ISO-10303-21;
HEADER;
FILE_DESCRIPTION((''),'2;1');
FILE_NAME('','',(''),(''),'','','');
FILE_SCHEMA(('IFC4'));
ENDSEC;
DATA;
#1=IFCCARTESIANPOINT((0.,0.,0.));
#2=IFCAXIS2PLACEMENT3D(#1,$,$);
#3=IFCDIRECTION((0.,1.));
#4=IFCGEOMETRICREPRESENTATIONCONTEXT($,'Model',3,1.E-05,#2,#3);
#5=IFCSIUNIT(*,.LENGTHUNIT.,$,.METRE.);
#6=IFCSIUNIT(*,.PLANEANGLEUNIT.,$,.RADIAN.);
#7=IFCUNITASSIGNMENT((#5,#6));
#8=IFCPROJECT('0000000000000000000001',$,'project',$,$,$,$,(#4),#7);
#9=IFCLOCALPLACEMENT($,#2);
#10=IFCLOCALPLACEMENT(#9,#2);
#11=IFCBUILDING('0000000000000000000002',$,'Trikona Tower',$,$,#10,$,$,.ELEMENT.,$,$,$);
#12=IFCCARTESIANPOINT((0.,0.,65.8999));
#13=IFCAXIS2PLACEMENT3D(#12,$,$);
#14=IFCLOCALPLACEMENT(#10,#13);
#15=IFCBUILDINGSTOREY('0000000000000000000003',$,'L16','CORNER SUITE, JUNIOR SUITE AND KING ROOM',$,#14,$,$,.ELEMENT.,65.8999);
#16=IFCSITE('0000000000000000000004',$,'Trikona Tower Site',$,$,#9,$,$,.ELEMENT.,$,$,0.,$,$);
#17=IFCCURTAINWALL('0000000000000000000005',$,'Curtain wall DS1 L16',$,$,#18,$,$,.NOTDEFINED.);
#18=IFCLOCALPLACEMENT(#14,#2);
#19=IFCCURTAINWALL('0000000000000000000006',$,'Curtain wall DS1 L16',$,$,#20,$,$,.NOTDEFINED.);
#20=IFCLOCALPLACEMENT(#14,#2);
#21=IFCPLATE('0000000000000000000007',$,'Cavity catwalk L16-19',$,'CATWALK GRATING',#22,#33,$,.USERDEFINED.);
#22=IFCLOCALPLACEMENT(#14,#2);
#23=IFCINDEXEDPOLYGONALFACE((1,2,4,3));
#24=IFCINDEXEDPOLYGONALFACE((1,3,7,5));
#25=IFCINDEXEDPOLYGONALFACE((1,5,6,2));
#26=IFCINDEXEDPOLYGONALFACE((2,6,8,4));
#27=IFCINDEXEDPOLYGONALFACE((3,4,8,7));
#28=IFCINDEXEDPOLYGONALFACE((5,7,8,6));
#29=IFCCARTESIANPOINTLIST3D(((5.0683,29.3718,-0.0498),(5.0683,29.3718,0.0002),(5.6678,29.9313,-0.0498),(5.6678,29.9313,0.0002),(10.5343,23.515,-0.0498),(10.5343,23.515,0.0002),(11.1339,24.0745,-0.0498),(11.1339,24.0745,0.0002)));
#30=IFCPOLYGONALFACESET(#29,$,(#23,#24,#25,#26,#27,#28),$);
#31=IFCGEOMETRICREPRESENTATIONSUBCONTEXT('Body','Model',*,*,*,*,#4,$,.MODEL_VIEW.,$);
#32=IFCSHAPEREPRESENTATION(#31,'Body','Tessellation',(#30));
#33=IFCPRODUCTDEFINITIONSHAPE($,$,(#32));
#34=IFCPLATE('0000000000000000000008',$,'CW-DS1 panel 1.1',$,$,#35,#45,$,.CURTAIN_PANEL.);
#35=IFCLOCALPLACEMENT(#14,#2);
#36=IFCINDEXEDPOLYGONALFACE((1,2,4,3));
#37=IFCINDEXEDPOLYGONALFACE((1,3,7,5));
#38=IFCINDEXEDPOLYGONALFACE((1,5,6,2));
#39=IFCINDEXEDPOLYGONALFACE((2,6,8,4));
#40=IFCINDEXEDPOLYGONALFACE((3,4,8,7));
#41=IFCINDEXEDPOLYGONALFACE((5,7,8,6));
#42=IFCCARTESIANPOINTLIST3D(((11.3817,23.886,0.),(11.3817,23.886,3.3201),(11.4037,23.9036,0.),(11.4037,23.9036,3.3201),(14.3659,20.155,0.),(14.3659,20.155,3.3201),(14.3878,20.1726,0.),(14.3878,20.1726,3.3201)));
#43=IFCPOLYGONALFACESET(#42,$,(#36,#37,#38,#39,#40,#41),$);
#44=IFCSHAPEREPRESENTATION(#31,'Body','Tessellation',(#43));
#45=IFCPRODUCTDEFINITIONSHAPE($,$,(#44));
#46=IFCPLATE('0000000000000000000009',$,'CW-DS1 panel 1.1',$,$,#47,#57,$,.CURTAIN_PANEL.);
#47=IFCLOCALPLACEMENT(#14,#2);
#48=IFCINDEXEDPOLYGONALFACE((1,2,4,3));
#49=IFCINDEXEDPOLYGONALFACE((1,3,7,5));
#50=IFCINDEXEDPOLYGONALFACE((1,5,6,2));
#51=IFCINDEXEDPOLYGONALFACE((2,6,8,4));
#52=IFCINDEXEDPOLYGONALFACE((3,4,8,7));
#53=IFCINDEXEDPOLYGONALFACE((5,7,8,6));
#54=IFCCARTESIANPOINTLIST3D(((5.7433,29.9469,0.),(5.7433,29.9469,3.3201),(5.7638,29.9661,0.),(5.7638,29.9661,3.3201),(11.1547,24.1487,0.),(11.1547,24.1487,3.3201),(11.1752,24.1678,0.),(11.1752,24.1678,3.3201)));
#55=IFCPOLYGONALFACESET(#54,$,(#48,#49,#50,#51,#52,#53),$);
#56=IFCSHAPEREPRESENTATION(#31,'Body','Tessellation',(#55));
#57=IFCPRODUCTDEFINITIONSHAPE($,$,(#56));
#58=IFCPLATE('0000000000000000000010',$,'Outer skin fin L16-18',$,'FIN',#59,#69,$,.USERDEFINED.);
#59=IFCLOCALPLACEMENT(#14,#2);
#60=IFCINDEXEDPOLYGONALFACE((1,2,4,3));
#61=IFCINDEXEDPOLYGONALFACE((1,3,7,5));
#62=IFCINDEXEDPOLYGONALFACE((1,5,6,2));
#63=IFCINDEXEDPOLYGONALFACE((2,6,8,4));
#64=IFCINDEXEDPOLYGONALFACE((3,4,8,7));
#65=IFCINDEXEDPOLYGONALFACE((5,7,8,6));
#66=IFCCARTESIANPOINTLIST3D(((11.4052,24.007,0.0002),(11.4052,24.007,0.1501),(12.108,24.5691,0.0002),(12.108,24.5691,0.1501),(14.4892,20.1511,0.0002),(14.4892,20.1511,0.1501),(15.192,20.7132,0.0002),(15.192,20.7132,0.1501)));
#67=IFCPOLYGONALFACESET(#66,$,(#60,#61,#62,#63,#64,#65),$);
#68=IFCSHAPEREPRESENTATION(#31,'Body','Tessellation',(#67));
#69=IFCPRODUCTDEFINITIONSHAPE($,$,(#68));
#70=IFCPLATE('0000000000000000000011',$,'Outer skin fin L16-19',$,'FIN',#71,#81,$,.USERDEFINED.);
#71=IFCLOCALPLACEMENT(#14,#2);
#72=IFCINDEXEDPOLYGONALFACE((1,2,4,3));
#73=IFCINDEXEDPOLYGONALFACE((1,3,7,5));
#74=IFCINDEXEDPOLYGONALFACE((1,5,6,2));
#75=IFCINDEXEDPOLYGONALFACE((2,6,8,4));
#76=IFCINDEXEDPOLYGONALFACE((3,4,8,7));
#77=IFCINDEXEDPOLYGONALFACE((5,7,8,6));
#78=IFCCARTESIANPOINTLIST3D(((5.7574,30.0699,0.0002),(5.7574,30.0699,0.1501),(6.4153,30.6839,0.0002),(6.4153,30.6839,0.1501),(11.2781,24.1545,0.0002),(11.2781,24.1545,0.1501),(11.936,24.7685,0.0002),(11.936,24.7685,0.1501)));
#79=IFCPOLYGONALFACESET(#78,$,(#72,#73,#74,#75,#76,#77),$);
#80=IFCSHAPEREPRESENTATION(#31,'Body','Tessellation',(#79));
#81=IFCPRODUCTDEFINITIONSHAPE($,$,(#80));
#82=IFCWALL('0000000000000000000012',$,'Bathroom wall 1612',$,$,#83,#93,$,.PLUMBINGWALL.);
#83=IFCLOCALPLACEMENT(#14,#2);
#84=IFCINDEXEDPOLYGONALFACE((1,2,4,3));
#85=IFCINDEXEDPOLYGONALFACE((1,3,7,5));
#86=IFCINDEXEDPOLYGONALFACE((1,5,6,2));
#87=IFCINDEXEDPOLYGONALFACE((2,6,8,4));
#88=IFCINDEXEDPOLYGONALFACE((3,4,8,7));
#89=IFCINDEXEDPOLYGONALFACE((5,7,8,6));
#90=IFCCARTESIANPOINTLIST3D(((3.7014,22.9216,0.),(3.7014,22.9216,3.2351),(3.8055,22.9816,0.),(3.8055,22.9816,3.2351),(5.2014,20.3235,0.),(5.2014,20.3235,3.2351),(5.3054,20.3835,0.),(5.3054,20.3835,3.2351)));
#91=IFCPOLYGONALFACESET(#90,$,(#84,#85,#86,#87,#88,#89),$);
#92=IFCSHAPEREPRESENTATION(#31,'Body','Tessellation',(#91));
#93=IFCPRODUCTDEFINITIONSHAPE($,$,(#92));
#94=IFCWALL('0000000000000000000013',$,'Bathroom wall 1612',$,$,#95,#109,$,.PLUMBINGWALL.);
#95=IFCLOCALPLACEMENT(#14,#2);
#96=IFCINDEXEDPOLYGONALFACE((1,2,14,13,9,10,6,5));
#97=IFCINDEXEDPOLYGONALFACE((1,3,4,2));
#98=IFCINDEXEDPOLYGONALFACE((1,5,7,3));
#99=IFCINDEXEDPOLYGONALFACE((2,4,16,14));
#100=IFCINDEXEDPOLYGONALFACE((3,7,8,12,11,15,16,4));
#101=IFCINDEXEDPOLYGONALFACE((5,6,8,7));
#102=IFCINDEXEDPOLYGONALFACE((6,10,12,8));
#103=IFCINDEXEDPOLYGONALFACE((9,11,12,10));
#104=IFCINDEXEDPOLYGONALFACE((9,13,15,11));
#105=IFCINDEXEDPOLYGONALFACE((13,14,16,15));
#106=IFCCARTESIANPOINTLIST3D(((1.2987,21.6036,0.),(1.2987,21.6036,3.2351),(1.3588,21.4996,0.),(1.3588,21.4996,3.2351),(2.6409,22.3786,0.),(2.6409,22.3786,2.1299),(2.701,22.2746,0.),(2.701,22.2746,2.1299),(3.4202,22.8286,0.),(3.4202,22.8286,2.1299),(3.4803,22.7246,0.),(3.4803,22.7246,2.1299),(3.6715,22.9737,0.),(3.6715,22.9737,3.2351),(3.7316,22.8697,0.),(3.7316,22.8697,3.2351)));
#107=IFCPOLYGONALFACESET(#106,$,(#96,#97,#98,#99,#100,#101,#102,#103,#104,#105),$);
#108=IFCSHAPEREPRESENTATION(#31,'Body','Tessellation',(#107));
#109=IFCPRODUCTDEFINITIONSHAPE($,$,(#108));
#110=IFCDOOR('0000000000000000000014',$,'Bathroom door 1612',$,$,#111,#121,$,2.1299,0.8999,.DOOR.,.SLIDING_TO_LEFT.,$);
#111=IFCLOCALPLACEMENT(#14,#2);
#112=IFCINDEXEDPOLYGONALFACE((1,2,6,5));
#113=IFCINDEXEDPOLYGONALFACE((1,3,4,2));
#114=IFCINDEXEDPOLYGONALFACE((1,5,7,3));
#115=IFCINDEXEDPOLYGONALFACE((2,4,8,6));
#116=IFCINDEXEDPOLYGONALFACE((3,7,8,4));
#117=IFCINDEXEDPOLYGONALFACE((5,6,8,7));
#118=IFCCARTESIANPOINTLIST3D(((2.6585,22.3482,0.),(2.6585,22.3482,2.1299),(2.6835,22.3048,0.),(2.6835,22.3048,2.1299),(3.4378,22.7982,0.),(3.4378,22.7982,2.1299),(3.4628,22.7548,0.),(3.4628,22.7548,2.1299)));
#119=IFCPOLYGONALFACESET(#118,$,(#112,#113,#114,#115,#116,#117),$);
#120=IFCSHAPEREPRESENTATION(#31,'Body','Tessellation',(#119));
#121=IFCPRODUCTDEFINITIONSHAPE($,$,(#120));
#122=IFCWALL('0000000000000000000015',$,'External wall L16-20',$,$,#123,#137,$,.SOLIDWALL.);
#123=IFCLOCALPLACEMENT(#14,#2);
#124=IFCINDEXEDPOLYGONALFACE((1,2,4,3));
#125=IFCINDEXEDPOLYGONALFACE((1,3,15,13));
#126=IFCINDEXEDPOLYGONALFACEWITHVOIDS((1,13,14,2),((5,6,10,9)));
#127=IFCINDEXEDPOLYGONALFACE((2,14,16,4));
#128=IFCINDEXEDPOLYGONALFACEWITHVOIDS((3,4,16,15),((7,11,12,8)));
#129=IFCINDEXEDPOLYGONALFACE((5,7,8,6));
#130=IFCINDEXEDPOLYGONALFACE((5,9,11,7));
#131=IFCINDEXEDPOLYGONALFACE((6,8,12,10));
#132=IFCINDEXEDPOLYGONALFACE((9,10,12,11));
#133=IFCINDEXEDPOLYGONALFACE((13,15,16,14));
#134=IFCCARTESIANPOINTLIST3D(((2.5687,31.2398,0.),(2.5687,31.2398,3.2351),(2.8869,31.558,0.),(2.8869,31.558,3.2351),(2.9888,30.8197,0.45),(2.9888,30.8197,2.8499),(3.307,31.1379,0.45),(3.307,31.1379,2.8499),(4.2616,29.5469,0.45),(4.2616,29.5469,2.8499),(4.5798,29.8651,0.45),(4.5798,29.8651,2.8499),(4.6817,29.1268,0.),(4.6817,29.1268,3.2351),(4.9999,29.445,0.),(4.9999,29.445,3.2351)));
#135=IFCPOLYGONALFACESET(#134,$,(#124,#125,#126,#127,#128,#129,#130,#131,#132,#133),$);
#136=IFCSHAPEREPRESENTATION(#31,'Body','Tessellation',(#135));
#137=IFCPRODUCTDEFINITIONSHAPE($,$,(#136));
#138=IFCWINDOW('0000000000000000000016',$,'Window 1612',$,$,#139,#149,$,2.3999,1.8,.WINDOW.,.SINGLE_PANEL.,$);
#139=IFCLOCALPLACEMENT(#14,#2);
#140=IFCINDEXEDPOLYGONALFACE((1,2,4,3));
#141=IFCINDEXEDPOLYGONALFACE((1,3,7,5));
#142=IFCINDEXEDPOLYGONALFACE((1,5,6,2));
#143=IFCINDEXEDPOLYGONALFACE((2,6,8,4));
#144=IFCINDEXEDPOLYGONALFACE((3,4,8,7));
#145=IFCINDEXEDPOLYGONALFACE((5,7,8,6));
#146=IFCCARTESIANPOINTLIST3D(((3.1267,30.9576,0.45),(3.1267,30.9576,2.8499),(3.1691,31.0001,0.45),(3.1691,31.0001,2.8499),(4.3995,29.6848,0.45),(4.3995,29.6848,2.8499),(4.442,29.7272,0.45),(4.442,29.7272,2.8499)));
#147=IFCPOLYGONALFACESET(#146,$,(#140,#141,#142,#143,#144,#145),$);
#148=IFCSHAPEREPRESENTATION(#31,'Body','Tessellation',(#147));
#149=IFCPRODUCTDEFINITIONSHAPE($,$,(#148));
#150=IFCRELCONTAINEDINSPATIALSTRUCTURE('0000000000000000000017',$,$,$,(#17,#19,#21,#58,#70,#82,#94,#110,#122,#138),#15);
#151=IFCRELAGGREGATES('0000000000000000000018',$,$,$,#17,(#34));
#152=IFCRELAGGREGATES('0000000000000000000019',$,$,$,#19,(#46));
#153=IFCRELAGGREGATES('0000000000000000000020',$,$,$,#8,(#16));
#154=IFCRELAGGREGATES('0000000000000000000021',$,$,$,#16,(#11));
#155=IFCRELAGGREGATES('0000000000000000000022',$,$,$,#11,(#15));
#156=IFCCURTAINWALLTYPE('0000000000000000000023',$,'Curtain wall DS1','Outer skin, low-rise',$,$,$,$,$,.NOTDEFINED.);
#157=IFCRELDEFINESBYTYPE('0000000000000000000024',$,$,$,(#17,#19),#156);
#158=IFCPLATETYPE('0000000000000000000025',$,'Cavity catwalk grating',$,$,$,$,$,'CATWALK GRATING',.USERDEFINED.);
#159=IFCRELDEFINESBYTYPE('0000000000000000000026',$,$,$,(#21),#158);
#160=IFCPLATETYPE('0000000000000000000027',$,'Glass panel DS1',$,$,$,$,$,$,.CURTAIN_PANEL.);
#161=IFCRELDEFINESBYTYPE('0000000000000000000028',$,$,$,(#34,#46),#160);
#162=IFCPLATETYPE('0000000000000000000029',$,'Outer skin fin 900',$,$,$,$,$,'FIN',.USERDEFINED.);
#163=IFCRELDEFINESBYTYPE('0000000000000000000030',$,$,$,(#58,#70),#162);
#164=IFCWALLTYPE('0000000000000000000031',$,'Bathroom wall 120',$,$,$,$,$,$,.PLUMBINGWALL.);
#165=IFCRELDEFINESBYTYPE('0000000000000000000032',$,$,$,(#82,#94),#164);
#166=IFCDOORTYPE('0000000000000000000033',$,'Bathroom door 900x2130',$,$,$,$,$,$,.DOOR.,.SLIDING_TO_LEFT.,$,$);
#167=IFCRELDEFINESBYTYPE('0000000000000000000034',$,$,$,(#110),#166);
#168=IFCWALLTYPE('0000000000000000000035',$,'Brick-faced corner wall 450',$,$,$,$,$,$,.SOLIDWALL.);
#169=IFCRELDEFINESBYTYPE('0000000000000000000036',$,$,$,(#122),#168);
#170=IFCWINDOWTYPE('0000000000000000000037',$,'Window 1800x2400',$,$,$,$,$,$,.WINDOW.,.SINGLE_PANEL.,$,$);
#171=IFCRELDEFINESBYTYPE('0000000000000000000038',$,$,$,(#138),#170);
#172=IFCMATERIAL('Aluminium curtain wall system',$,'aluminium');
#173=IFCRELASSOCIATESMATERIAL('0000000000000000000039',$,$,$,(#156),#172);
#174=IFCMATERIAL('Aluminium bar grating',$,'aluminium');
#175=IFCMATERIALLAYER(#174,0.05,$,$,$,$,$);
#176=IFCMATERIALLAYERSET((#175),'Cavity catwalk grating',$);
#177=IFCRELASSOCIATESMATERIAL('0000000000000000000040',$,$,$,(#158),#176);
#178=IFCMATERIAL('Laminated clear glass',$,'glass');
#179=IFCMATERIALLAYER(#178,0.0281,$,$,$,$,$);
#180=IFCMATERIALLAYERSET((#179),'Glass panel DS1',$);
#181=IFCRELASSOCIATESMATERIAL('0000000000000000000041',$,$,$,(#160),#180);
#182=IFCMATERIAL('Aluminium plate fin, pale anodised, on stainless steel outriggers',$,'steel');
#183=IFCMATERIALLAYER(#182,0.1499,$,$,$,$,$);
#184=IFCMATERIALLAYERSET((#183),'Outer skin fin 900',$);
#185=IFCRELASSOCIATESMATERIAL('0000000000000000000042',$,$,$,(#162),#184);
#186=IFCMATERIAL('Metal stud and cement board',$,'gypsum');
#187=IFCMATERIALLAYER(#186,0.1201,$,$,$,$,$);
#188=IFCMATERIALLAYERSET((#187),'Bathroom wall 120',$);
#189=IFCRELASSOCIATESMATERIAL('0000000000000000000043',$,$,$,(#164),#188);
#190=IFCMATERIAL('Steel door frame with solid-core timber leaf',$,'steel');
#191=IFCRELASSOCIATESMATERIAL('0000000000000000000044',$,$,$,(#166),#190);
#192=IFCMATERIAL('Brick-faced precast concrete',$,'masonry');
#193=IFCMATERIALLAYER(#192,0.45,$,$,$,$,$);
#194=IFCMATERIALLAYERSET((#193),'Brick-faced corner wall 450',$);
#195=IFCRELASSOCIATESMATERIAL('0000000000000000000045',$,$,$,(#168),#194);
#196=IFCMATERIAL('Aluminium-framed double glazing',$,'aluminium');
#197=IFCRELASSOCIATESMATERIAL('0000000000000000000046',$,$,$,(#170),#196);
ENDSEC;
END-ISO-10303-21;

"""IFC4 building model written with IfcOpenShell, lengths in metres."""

from ifc_helpers import new_model, si_unit, direction, frame, frame_2d, origin, origin_2d, place, context, subcontext, project, spatial, rectangle, extrude, material, layer, layer_set, type_object, element, fill, aggregate, save


model = new_model("IFC4")

# Units and contexts
model_context = context("Model", 3, precision=1e-05, world=origin(), true_north=direction((0.0, 1.0)))
body_context = subcontext(model_context, "Body", "Model", "MODEL_VIEW")
ifc_project = project(units=[si_unit("LENGTHUNIT", "METRE"), si_unit("PLANEANGLEUNIT", "RADIAN")], contexts=[model_context])

# Site, building, storey
site_placement = place(None, origin())
site = spatial("IfcSite", under=ifc_project, at=site_placement, Name="Trikona Tower Site", CompositionType="ELEMENT", RefElevation=0.0)
building_placement = place(site_placement, origin())
building = spatial("IfcBuilding", under=site, at=building_placement, Name="Trikona Tower", CompositionType="ELEMENT")
storey_placement = place(building_placement, frame((0.0, 0.0, 65.8999)))
storey = spatial("IfcBuildingStorey", under=building, at=storey_placement, Name="L16", Description="CORNER SUITE, JUNIOR SUITE AND KING ROOM", CompositionType="ELEMENT", Elevation=65.8999)

# Curtain wall
ifc_material_1 = material(Name="Aluminium curtain wall system", Category="aluminium")
curtain_wall_type = type_object("IfcCurtainWallType", Name="Curtain wall DS1", Description="Outer skin, low-rise", PredefinedType="NOTDEFINED", material=ifc_material_1)
curtain_wall_1_placement = place(storey_placement, origin())
curtain_wall_1 = element("IfcCurtainWall", 1, at=curtain_wall_1_placement, inside=storey, type_object=curtain_wall_type, Name="Curtain wall DS1 L16", PredefinedType="NOTDEFINED")

# Curtain wall
curtain_wall_2_placement = place(storey_placement, origin())
curtain_wall_2 = element("IfcCurtainWall", 2, at=curtain_wall_2_placement, inside=storey, type_object=curtain_wall_type, Name="Curtain wall DS1 L16", PredefinedType="NOTDEFINED")

# Plate
ifc_material_2 = material(Name="Aluminium bar grating", Category="aluminium")
ifc_layer_1 = layer(ifc_material_2, 0.05)
ifc_layer_set_1 = layer_set([ifc_layer_1], Name="Cavity catwalk grating")
plate_type_1 = type_object("IfcPlateType", Name="Cavity catwalk grating", ElementType="CATWALK GRATING", PredefinedType="USERDEFINED", material=ifc_layer_set_1)
plate_1_placement = place(storey_placement, frame((8.1011, 26.7231, -0.0498), z_axis=(0.0, 0.0, 1.0), x_axis=(-0.682298, 0.731074, 0.0)))
element("IfcPlate", 3, at=plate_1_placement, inside=storey, type_object=plate_type_1, Name="Cavity catwalk L16-19", ObjectType="CATWALK GRATING", PredefinedType="USERDEFINED", context=body_context, shape_type="SweptSolid", body=[
    extrude(rectangle(XDim=8.0112, YDim=0.8201, at=origin_2d()), origin(), (0.0, 0.0, 1.0), 0.05),
])

# Plates
ifc_material_3 = material(Name="Laminated clear glass", Category="glass")
ifc_layer_2 = layer(ifc_material_3, 0.0281)
ifc_layer_set_2 = layer_set([ifc_layer_2], Name="Glass panel DS1")
plate_type_2 = type_object("IfcPlateType", Name="Glass panel DS1", PredefinedType="CURTAIN_PANEL", material=ifc_layer_set_2)
plate_2_placement = place(storey_placement, frame((12.8848, 22.0293, 0.0), z_axis=(0.0, 0.0, 1.0), x_axis=(-0.624609, 0.780938, 0.0)))
plate_2 = element("IfcPlate", 4, at=plate_2_placement, type_object=plate_type_2, Name="CW-DS1 panel 1.1", PredefinedType="CURTAIN_PANEL", context=body_context, shape_type="SweptSolid", body=[
    extrude(rectangle(XDim=4.7776, YDim=0.0281, at=origin_2d()), origin(), (0.0, 0.0, 1.0), 3.3201),
])
aggregate(curtain_wall_1, [plate_2])
plate_3_placement = place(storey_placement, frame((8.4592, 27.0574, 0.0), z_axis=(0.0, 0.0, 1.0), x_axis=(-0.682295, 0.731077, 0.0)))
plate_3 = element("IfcPlate", 5, at=plate_3_placement, type_object=plate_type_2, Name="CW-DS1 panel 1.1", PredefinedType="CURTAIN_PANEL", context=body_context, shape_type="SweptSolid", body=[
    extrude(rectangle(XDim=7.9312, YDim=0.0281, at=origin_2d()), origin(), (0.0, 0.0, 1.0), 3.3201),
])
aggregate(curtain_wall_2, [plate_3])

# Plates
ifc_material_4 = material(Name="Aluminium plate fin, pale anodised, on stainless steel outriggers", Category="steel")
ifc_layer_3 = layer(ifc_material_4, 0.1499)
ifc_layer_set_3 = layer_set([ifc_layer_3], Name="Outer skin fin 900")
plate_type_3 = type_object("IfcPlateType", Name="Outer skin fin 900", ElementType="FIN", PredefinedType="USERDEFINED", material=ifc_layer_set_3)
plate_4_placement = place(storey_placement, frame((13.2986, 22.3601, 0.0002), z_axis=(0.0, 0.0, 1.0), x_axis=(-0.624604, 0.780942, 0.0)))
element("IfcPlate", 6, at=plate_4_placement, inside=storey, type_object=plate_type_3, Name="Outer skin fin L16-18", ObjectType="FIN", PredefinedType="USERDEFINED", context=body_context, shape_type="SweptSolid", body=[
    extrude(rectangle(XDim=4.9375, YDim=0.8999, at=origin_2d()), origin(), (0.0, 0.0, 1.0), 0.1499),
])
plate_5_placement = place(storey_placement, frame((8.8467, 27.4192, 0.0002), z_axis=(0.0, 0.0, 1.0), x_axis=(-0.682298, 0.731074, 0.0)))
element("IfcPlate", 7, at=plate_5_placement, inside=storey, type_object=plate_type_3, Name="Outer skin fin L16-19", ObjectType="FIN", PredefinedType="USERDEFINED", context=body_context, shape_type="SweptSolid", body=[
    extrude(rectangle(XDim=8.0913, YDim=0.8999, at=origin_2d()), origin(), (0.0, 0.0, 1.0), 0.1499),
])

# Wall
ifc_material_5 = material(Name="Metal stud and cement board", Category="gypsum")
ifc_layer_4 = layer(ifc_material_5, 0.1201)
ifc_layer_set_4 = layer_set([ifc_layer_4], Name="Bathroom wall 120")
wall_type_1 = type_object("IfcWallType", Name="Bathroom wall 120", PredefinedType="PLUMBINGWALL", material=ifc_layer_set_4)
wall_1_placement = place(storey_placement, frame((5.2534, 20.3535, 0.0), z_axis=(0.0, 0.0, 1.0), x_axis=(-0.49999, 0.866031, 0.0)))
element("IfcWall", 8, at=wall_1_placement, inside=storey, type_object=wall_type_1, Name="Bathroom wall 1612", PredefinedType="PLUMBINGWALL", context=body_context, shape_type="SweptSolid", body=[
    extrude(rectangle(XDim=3.0, YDim=0.1201, at=frame_2d((1.5, 0.0))), origin(), (0.0, 0.0, 1.0), 3.2351),
])

# Wall, opening, door
wall_2_placement = place(storey_placement, frame((1.3286, 21.5515, 0.0), z_axis=(0.0, 0.0, 1.0), x_axis=(0.865997, 0.500049, 0.0)))
wall_2 = element("IfcWall", 9, at=wall_2_placement, inside=storey, type_object=wall_type_1, Name="Bathroom wall 1612", PredefinedType="PLUMBINGWALL", context=body_context, shape_type="SweptSolid", body=[
    extrude(rectangle(XDim=2.74, YDim=0.1201, at=frame_2d((1.3701, 0.0))), origin(), (0.0, 0.0, 1.0), 3.2351),
])
opening_1_placement = place(wall_2_placement, frame((1.55, 0.0, 0.0)))
opening_1 = element("IfcOpeningElement", 10, at=opening_1_placement, cuts=wall_2, PredefinedType="OPENING", context=body_context, shape_type="SweptSolid", body=[
    extrude(rectangle(XDim=0.8999, YDim=2.1299, at=frame_2d((0.45, 1.0649))), frame((0.0, 0.0701, 0.0), z_axis=(0.0, -1.0, 0.0), x_axis=(1.0, 0.0, 0.0)), (0.0, 0.0, 1.0), 0.1401),
])
ifc_material_6 = material(Name="Steel door frame with solid-core timber leaf", Category="steel")
door_type = type_object("IfcDoorType", Name="Bathroom door 900x2130", OperationType="SLIDING_TO_LEFT", PredefinedType="DOOR", material=ifc_material_6)
door_placement = place(opening_1_placement, origin())
door = element("IfcDoor", 11, at=door_placement, inside=storey, type_object=door_type, Name="Bathroom door 1612", OperationType="SLIDING_TO_LEFT", OverallHeight=2.1299, OverallWidth=0.8999, PredefinedType="DOOR", context=body_context, shape_type="SweptSolid", body=[
    extrude(rectangle(XDim=0.8999, YDim=2.1299, at=frame_2d((0.45, 1.0649))), frame((0.0, 0.0249, 0.0), z_axis=(0.0, -1.0, 0.0), x_axis=(1.0, 0.0, 0.0)), (0.0, 0.0, 1.0), 0.05),
])
fill(opening_1, door)

# Wall, opening, window
ifc_material_7 = material(Name="Brick-faced precast concrete", Category="masonry")
ifc_layer_5 = layer(ifc_material_7, 0.45)
ifc_layer_set_5 = layer_set([ifc_layer_5], Name="Brick-faced corner wall 450")
wall_type_2 = type_object("IfcWallType", Name="Brick-faced corner wall 450", PredefinedType="SOLIDWALL", material=ifc_layer_set_5)
wall_3_placement = place(storey_placement, frame((4.8408, 29.2859, 0.0), z_axis=(0.0, 0.0, 1.0), x_axis=(-0.707107, 0.707107, 0.0)))
wall_3 = element("IfcWall", 12, at=wall_3_placement, inside=storey, type_object=wall_type_2, Name="External wall L16-20", PredefinedType="SOLIDWALL", context=body_context, shape_type="SweptSolid", body=[
    extrude(rectangle(XDim=2.9883, YDim=0.45, at=frame_2d((1.4941, 0.0))), origin(), (0.0, 0.0, 1.0), 3.2351),
])
opening_2_placement = place(wall_3_placement, frame((0.5942, 0.0, 0.45)))
opening_2 = element("IfcOpeningElement", 13, at=opening_2_placement, cuts=wall_3, PredefinedType="OPENING", context=body_context, shape_type="SweptSolid", body=[
    extrude(rectangle(XDim=1.8, YDim=2.3999, at=frame_2d((0.8999, 1.2))), frame((0.0, 0.2349, 0.0), z_axis=(0.0, -1.0, 0.0), x_axis=(1.0, 0.0, 0.0)), (0.0, 0.0, 1.0), 0.47),
])
ifc_material_8 = material(Name="Aluminium-framed double glazing", Category="aluminium")
window_type_1 = type_object("IfcWindowType", Name="Window 1800x2400", PartitioningType="SINGLE_PANEL", PredefinedType="WINDOW", material=ifc_material_8)
window_1_placement = place(opening_2_placement, origin())
window_1 = element("IfcWindow", 14, at=window_1_placement, inside=storey, type_object=window_type_1, Name="Window 1612", OverallHeight=2.3999, OverallWidth=1.8, PartitioningType="SINGLE_PANEL", PredefinedType="WINDOW", context=body_context, shape_type="SweptSolid", body=[
    extrude(rectangle(XDim=1.8, YDim=2.3999, at=frame_2d((0.8999, 1.2))), frame((0.0, 0.03, 0.0), z_axis=(0.0, -1.0, 0.0), x_axis=(1.0, 0.0, 0.0)), (0.0, 0.0, 1.0), 0.0601),
])
fill(opening_2, window_1)

save(model, "model.ifc")
